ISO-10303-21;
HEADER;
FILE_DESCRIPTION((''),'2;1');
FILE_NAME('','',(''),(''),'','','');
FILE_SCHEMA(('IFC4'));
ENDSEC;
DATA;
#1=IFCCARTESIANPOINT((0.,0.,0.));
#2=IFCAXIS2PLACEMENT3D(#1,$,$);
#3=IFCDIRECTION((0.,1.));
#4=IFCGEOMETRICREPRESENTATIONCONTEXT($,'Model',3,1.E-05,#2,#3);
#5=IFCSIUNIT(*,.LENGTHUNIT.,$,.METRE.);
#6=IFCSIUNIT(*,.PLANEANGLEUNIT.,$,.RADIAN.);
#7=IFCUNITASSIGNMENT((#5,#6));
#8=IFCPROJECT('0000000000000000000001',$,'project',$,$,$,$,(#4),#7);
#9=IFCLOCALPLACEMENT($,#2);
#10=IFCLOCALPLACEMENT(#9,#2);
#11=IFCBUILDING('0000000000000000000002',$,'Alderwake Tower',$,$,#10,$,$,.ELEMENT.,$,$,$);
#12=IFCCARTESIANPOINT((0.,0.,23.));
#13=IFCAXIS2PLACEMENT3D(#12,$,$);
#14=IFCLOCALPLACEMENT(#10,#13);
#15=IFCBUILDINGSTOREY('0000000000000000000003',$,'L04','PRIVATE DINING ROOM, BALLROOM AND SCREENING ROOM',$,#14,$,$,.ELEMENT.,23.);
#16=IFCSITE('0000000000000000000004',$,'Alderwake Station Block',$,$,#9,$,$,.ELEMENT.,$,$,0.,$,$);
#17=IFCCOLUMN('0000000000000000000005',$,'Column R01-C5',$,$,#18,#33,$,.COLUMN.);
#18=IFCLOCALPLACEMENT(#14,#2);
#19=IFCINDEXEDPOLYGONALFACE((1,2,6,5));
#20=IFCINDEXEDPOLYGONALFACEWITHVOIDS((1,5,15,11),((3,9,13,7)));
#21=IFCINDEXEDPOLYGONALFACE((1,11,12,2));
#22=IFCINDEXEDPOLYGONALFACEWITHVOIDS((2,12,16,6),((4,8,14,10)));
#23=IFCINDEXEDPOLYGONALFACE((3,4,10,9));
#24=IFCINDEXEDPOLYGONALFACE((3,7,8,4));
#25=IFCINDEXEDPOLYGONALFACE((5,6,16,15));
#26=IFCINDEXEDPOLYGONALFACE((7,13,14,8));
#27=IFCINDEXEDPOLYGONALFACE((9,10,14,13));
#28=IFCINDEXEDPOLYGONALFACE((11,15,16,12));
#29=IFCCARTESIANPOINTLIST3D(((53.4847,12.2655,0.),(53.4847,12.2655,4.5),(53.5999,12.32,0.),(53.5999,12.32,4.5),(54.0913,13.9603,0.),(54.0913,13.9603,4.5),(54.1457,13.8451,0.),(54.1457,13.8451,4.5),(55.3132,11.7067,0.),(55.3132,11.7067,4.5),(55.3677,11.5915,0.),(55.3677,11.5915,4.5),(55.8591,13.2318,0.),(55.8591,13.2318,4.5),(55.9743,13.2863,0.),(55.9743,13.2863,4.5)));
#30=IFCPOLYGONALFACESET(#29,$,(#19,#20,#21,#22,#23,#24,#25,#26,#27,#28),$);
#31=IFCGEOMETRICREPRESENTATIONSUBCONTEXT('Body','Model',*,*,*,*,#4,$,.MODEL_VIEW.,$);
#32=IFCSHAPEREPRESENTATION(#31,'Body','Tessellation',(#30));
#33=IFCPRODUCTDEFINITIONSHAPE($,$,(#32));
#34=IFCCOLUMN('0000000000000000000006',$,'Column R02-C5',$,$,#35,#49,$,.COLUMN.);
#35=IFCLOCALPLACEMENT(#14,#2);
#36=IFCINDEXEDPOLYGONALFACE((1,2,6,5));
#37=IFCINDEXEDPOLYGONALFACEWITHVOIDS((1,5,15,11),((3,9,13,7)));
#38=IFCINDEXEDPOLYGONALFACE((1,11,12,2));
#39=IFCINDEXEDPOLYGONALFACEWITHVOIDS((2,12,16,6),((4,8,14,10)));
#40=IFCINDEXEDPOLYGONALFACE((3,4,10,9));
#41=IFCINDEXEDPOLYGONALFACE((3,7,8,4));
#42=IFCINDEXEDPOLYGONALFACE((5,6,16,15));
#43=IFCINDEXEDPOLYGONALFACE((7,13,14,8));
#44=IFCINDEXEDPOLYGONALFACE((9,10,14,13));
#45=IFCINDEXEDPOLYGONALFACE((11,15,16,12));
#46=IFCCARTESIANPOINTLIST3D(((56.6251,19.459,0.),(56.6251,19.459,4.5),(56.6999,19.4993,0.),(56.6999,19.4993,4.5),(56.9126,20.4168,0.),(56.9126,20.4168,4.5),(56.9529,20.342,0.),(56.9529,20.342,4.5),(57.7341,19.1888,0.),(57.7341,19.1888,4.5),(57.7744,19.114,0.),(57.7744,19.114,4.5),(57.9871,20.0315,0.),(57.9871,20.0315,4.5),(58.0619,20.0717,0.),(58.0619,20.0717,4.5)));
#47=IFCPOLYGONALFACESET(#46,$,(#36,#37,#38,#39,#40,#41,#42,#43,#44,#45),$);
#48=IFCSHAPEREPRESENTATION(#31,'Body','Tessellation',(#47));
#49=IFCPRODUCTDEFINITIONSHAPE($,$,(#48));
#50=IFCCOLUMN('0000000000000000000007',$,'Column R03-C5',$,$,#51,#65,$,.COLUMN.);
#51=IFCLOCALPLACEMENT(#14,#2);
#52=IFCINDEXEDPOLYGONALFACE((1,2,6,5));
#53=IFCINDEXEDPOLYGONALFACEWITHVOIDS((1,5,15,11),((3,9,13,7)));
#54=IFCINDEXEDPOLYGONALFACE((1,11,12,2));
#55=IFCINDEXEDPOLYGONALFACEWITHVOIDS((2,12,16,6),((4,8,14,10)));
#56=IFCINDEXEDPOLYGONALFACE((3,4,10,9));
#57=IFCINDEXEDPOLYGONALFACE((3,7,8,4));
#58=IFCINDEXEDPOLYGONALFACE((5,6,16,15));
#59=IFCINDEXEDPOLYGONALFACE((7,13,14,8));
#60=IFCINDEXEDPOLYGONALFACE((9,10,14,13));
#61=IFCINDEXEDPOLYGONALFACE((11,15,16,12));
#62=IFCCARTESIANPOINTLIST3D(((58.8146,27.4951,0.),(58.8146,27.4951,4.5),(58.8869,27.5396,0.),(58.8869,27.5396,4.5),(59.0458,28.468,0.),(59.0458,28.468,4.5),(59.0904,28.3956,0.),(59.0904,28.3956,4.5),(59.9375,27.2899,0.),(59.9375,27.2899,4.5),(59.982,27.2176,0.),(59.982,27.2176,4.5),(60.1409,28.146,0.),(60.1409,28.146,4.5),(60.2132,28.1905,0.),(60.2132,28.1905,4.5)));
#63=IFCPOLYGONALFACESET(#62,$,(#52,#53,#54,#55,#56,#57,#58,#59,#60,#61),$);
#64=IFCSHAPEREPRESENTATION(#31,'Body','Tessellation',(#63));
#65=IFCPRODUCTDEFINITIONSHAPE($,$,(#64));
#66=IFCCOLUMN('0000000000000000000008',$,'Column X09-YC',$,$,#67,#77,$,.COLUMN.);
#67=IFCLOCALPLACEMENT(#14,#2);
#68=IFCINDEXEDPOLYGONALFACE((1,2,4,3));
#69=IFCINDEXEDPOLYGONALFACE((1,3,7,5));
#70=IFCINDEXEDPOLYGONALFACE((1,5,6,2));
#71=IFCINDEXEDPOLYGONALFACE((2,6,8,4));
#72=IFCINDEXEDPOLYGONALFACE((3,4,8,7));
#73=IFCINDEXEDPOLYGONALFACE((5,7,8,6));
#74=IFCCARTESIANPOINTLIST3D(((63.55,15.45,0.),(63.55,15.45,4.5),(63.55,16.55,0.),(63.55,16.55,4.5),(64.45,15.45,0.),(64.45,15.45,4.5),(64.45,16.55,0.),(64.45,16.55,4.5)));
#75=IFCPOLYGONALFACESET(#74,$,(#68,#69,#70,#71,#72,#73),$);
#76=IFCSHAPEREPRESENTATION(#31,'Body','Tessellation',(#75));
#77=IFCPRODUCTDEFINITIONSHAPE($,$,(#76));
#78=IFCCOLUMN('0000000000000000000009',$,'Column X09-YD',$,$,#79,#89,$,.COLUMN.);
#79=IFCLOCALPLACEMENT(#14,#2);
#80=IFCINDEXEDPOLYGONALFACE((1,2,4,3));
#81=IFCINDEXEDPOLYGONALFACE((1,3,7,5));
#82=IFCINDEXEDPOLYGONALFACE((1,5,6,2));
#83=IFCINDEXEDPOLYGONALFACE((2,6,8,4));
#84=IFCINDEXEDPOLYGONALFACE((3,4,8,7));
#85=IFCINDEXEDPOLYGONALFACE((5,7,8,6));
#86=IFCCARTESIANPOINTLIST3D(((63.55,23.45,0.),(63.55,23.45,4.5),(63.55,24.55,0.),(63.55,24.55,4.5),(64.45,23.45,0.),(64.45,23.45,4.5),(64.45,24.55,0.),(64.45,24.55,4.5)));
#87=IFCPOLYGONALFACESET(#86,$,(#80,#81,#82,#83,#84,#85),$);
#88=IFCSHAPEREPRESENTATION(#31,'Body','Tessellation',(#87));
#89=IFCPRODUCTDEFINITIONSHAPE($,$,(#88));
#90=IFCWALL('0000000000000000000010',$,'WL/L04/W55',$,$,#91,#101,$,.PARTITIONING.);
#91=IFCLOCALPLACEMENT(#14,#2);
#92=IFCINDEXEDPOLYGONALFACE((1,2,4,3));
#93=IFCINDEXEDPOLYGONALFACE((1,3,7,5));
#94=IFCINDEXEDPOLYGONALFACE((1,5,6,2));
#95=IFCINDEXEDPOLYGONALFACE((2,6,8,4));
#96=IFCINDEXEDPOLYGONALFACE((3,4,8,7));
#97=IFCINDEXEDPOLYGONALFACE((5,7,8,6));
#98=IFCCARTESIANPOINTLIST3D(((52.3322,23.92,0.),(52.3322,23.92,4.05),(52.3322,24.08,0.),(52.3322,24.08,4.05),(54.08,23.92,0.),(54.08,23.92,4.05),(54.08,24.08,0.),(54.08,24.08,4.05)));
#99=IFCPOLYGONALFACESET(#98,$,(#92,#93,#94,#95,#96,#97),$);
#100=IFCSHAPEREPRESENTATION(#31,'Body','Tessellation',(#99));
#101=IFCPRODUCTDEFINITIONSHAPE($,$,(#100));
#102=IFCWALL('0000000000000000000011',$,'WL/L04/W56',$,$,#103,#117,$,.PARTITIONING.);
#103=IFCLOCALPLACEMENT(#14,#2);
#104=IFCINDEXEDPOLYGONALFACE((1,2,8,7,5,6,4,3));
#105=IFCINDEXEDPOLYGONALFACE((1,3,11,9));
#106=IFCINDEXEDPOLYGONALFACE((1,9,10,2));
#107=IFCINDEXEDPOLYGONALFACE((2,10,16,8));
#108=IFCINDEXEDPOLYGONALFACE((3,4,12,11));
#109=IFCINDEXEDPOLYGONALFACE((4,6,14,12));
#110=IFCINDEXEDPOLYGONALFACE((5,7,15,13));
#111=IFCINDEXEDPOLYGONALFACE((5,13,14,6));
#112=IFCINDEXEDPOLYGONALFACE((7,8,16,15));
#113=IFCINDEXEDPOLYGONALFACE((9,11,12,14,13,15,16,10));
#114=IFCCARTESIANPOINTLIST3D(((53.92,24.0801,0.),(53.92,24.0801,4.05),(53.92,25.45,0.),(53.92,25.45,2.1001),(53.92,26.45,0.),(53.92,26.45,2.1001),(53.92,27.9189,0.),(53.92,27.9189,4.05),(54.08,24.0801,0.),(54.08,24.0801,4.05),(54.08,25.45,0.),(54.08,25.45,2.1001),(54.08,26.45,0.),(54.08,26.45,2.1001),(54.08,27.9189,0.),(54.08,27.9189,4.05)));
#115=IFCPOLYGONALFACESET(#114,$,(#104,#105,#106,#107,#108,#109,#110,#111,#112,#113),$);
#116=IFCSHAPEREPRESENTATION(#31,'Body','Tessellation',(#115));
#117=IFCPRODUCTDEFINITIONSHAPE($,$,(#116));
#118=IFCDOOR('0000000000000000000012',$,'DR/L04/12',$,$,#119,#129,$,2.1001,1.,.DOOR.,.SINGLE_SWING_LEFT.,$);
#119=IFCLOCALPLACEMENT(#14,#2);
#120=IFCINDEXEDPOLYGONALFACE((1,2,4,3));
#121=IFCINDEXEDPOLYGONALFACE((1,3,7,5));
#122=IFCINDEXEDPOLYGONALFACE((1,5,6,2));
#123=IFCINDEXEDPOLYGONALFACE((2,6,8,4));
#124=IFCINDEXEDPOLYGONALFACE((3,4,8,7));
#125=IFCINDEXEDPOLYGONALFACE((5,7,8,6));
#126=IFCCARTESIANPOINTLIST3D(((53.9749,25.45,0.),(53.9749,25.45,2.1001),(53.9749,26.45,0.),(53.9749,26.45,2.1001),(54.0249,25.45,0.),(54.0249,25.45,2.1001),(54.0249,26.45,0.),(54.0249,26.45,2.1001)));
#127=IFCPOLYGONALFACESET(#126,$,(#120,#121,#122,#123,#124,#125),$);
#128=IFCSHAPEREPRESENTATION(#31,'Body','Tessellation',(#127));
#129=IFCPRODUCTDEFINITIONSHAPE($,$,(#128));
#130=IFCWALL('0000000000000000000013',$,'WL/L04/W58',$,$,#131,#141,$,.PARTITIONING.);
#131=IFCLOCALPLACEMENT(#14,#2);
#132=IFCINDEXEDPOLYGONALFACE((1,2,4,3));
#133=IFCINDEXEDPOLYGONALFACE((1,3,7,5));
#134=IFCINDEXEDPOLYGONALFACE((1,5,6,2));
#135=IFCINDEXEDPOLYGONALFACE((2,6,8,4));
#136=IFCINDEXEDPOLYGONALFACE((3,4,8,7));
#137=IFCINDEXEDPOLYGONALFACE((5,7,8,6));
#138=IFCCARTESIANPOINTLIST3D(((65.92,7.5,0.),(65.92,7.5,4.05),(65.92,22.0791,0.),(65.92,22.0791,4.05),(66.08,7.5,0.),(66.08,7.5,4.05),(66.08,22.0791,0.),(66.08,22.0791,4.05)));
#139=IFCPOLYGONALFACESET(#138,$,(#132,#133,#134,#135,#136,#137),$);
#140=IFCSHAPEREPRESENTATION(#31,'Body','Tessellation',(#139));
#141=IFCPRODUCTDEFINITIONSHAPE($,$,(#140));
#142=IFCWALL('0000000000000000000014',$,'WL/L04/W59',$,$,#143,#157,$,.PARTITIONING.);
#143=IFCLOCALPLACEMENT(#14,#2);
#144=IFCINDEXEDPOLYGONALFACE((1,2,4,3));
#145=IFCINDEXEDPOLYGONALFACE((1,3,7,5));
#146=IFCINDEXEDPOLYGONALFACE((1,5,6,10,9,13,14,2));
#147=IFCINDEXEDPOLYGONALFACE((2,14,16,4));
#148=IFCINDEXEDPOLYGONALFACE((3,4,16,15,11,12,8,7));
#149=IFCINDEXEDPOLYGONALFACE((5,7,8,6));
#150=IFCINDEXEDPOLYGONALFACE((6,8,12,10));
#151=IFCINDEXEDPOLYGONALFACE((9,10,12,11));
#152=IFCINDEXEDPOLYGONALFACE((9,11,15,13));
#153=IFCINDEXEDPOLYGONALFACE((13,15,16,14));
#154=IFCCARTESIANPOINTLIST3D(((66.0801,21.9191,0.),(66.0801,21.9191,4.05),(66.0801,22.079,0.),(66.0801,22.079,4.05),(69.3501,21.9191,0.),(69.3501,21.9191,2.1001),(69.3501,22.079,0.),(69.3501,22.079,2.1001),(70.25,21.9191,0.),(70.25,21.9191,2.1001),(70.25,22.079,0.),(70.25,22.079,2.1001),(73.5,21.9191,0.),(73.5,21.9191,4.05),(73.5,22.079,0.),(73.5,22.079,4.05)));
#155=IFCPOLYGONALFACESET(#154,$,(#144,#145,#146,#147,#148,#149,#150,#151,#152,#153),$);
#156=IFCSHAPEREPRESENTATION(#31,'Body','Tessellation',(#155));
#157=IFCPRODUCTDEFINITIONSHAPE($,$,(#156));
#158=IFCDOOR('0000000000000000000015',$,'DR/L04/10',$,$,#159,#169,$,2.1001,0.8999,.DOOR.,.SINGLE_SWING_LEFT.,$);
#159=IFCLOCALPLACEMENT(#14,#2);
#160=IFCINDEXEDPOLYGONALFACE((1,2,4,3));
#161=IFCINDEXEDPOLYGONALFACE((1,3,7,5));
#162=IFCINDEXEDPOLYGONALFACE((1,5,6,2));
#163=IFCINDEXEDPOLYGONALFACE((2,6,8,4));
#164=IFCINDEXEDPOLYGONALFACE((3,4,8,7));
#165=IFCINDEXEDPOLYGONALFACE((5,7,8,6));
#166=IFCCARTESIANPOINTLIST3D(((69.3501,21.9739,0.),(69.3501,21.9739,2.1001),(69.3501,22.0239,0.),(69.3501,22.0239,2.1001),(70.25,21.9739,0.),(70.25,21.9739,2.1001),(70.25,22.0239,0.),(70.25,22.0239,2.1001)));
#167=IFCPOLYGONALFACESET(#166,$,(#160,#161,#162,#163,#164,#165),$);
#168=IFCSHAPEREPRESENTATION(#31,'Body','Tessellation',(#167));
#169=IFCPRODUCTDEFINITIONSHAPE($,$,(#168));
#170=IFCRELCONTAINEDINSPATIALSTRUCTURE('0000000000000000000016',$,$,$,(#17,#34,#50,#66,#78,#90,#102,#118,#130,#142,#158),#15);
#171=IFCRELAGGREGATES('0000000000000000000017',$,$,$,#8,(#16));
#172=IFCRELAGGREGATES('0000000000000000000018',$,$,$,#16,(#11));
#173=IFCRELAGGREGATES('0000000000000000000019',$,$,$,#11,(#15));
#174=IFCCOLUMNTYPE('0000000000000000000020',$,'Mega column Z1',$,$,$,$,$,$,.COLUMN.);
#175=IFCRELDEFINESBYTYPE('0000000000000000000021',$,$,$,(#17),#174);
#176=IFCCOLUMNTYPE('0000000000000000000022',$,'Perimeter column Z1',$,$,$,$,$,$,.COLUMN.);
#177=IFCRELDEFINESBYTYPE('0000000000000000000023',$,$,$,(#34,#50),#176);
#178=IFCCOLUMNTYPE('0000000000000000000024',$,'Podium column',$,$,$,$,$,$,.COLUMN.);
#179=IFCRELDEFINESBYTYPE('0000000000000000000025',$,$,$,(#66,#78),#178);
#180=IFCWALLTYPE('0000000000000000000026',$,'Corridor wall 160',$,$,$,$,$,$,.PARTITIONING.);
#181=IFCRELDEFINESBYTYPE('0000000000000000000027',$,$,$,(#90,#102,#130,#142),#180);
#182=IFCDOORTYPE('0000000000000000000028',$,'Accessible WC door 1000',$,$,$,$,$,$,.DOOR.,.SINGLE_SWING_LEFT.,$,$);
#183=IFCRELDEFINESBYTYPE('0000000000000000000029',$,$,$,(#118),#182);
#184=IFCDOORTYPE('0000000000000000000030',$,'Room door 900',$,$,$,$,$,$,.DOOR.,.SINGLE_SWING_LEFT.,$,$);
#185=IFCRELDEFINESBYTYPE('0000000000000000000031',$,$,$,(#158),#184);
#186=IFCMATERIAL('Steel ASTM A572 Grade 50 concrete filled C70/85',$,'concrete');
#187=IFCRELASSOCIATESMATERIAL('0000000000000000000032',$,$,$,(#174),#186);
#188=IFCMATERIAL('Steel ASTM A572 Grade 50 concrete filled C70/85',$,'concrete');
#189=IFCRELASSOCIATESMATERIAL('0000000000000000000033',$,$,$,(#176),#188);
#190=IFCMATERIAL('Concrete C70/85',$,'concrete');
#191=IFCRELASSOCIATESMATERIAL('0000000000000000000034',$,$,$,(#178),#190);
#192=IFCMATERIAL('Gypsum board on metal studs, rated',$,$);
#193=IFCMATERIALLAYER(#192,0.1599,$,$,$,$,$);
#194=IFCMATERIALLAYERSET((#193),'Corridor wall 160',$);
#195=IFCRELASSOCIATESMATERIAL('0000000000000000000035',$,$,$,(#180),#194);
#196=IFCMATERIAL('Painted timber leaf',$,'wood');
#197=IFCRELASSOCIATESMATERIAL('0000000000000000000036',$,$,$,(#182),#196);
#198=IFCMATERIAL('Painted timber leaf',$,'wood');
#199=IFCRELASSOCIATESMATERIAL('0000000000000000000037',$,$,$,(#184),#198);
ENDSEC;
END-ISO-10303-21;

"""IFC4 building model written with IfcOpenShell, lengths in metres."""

from ifc_helpers import new_model, si_unit, direction, frame, frame_2d, origin, origin_2d, place, context, subcontext, project, spatial, rectangle, hollow_rectangle, extrude, material, layer, layer_set, material_profile, profile_set, type_object, element, fill, save


model = new_model("IFC4")

# Units and contexts
model_context = context("Model", 3, precision=1e-05, world=origin(), true_north=direction((0.0, 1.0)))
body_context = subcontext(model_context, "Body", "Model", "MODEL_VIEW")
ifc_project = project(units=[si_unit("LENGTHUNIT", "METRE"), si_unit("PLANEANGLEUNIT", "RADIAN")], contexts=[model_context])

# Site, building, storey
site_placement = place(None, origin())
site = spatial("IfcSite", under=ifc_project, at=site_placement, Name="Alderwake Station Block", CompositionType="ELEMENT", RefElevation=0.0)
building_placement = place(site_placement, origin())
building = spatial("IfcBuilding", under=site, at=building_placement, Name="Alderwake Tower", CompositionType="ELEMENT")
storey_placement = place(building_placement, frame((0.0, 0.0, 23.0)))
storey = spatial("IfcBuildingStorey", under=building, at=storey_placement, Name="L04", Description="PRIVATE DINING ROOM, BALLROOM AND SCREENING ROOM", CompositionType="ELEMENT", Elevation=23.0)

# Columns
ifc_material_1 = material(Name="Steel ASTM A572 Grade 50 concrete filled C70/85", Category="concrete")
ifc_material_profile_1 = material_profile(ifc_material_1, hollow_rectangle(XDim=1.8, YDim=2.0, WallThickness=0.0901, at=origin_2d()), Name="BOX 2000X1800X90")
ifc_profile_set_1 = profile_set([ifc_material_profile_1], Name="Steel ASTM A572 Grade 50 concrete filled C70/85")
column_type_1 = type_object("IfcColumnType", Name="Mega column Z1", PredefinedType="COLUMN", material=ifc_profile_set_1)
column_placement = place(storey_placement, frame((54.7295, 12.7759, 0.0), z_axis=(0.0, 0.0, 1.0), x_axis=(0.336995, 0.941506, 0.0)))
element("IfcColumn", 1, at=column_placement, inside=storey, type_object=column_type_1, Name="Column R01-C5", PredefinedType="COLUMN", context=body_context, shape_type="SweptSolid", body=[
    extrude(hollow_rectangle(XDim=1.8, YDim=2.0, WallThickness=0.0901, at=origin_2d()), origin(), (0.0, 0.0, 1.0), 4.5),
])
ifc_material_2 = material(Name="Steel ASTM A572 Grade 50 concrete filled C70/85", Category="concrete")
ifc_material_profile_2 = material_profile(ifc_material_2, hollow_rectangle(XDim=1.0, YDim=1.2, WallThickness=0.0601, at=origin_2d()), Name="BOX 1200X1000X60")
ifc_profile_set_2 = profile_set([ifc_material_profile_2], Name="Steel ASTM A572 Grade 50 concrete filled C70/85")
column_type_2 = type_object("IfcColumnType", Name="Perimeter column Z1", PredefinedType="COLUMN", material=ifc_profile_set_2)
for number, where, z_axis, x_axis, name in (
    (2, (57.3435, 19.7654, 0.0), (0.0, 0.0, 1.0), (0.287549, 0.957766, 0.0), "Column R02-C5"),
    (3, (59.5139, 27.8428, 0.0), (0.0, 0.0, 1.0), (0.231222, 0.972901, 0.0), "Column R03-C5"),
):
    element("IfcColumn", number, at=place(storey_placement, frame(where, z_axis=z_axis, x_axis=x_axis)), inside=storey, type_object=column_type_2, Name=name, PredefinedType="COLUMN", context=body_context, shape_type="SweptSolid", body=[
        extrude(hollow_rectangle(XDim=1.0, YDim=1.2, WallThickness=0.0601, at=origin_2d()), origin(), (0.0, 0.0, 1.0), 4.5),
    ])
ifc_material_3 = material(Name="Concrete C70/85", Category="concrete")
ifc_material_profile_3 = material_profile(ifc_material_3, rectangle(XDim=0.8999, YDim=1.1001, at=origin_2d()), Name="RC 1100X900")
ifc_profile_set_3 = profile_set([ifc_material_profile_3], Name="Concrete C70/85")
column_type_3 = type_object("IfcColumnType", Name="Podium column", PredefinedType="COLUMN", material=ifc_profile_set_3)
for number, where, z_axis, x_axis, name in (
    (4, (64.0, 16.0, 0.0), (0.0, 0.0, 1.0), (1.0, 0.0, 0.0), "Column X09-YC"),
    (5, (64.0, 24.0, 0.0), (0.0, 0.0, 1.0), (1.0, 0.0, 0.0), "Column X09-YD"),
):
    element("IfcColumn", number, at=place(storey_placement, frame(where, z_axis=z_axis, x_axis=x_axis)), inside=storey, type_object=column_type_3, Name=name, PredefinedType="COLUMN", context=body_context, shape_type="SweptSolid", body=[
        extrude(rectangle(XDim=0.8999, YDim=1.1001, at=origin_2d()), origin(), (0.0, 0.0, 1.0), 4.5),
    ])

# Wall
ifc_material_4 = material(Name="Gypsum board on metal studs, rated")
ifc_layer_1 = layer(ifc_material_4, 0.1599)
ifc_layer_set_1 = layer_set([ifc_layer_1], Name="Corridor wall 160")
wall_type_1 = type_object("IfcWallType", Name="Corridor wall 160", PredefinedType="PARTITIONING", material=ifc_layer_set_1)
wall_1_placement = place(storey_placement, frame((54.0801, 24.0, 0.0), z_axis=(0.0, 0.0, 1.0), x_axis=(-1.0, 0.0, 0.0)))
element("IfcWall", 6, at=wall_1_placement, inside=storey, type_object=wall_type_1, Name="WL/L04/W55", PredefinedType="PARTITIONING", context=body_context, shape_type="SweptSolid", body=[
    extrude(rectangle(XDim=1.7478, YDim=0.1599, at=frame_2d((0.874, 0.0))), origin(), (0.0, 0.0, 1.0), 4.05),
])

# Wall, opening, door
wall_2_placement = place(storey_placement, frame((54.0, 27.9189, 0.0), z_axis=(0.0, 0.0, 1.0), x_axis=(0.0, -1.0, 0.0)))
wall_2 = element("IfcWall", 7, at=wall_2_placement, inside=storey, type_object=wall_type_1, Name="WL/L04/W56", PredefinedType="PARTITIONING", context=body_context, shape_type="SweptSolid", body=[
    extrude(rectangle(XDim=3.8389, YDim=0.1599, at=frame_2d((1.9194, 0.0))), origin(), (0.0, 0.0, 1.0), 4.05),
])
opening_1_placement = place(wall_2_placement, frame((1.469, 0.0, 0.0)))
opening_1 = element("IfcOpeningElement", 8, at=opening_1_placement, cuts=wall_2, PredefinedType="OPENING", context=body_context, shape_type="SweptSolid", body=[
    extrude(rectangle(XDim=1.0, YDim=2.1001, at=frame_2d((0.5, 1.05))), frame((0.0, 0.0898, 0.0), z_axis=(0.0, -1.0, 0.0), x_axis=(1.0, 0.0, 0.0)), (0.0, 0.0, 1.0), 0.1799),
])
ifc_material_5 = material(Name="Painted timber leaf", Category="wood")
door_type_1 = type_object("IfcDoorType", Name="Accessible WC door 1000", OperationType="SINGLE_SWING_LEFT", PredefinedType="DOOR", material=ifc_material_5)
door_1_placement = place(opening_1_placement, origin())
door_1 = element("IfcDoor", 9, at=door_1_placement, inside=storey, type_object=door_type_1, Name="DR/L04/12", OperationType="SINGLE_SWING_LEFT", OverallHeight=2.1001, OverallWidth=1.0, PredefinedType="DOOR", context=body_context, shape_type="SweptSolid", body=[
    extrude(rectangle(XDim=1.0, YDim=2.1001, at=frame_2d((0.5, 1.05))), frame((0.0, 0.0249, 0.0), z_axis=(0.0, -1.0, 0.0), x_axis=(1.0, 0.0, 0.0)), (0.0, 0.0, 1.0), 0.05),
])
fill(opening_1, door_1)

# Wall
wall_3_placement = place(storey_placement, frame((66.0, 7.5, 0.0), z_axis=(0.0, 0.0, 1.0), x_axis=(0.0, 1.0, 0.0)))
element("IfcWall", 10, at=wall_3_placement, inside=storey, type_object=wall_type_1, Name="WL/L04/W58", PredefinedType="PARTITIONING", context=body_context, shape_type="SweptSolid", body=[
    extrude(rectangle(XDim=14.5791, YDim=0.1599, at=frame_2d((7.2896, 0.0))), origin(), (0.0, 0.0, 1.0), 4.05),
])

# Wall, opening, door
wall_4_placement = place(storey_placement, frame((66.0801, 21.999, 0.0), z_axis=(0.0, 0.0, 1.0), x_axis=(1.0, 0.0, 0.0)))
wall_4 = element("IfcWall", 11, at=wall_4_placement, inside=storey, type_object=wall_type_1, Name="WL/L04/W59", PredefinedType="PARTITIONING", context=body_context, shape_type="SweptSolid", body=[
    extrude(rectangle(XDim=7.4199, YDim=0.1599, at=frame_2d((3.71, 0.0))), origin(), (0.0, 0.0, 1.0), 4.05),
])
opening_2_placement = place(wall_4_placement, frame((3.27, 0.0, 0.0)))
opening_2 = element("IfcOpeningElement", 12, at=opening_2_placement, cuts=wall_4, PredefinedType="OPENING", context=body_context, shape_type="SweptSolid", body=[
    extrude(rectangle(XDim=0.8999, YDim=2.1001, at=frame_2d((0.45, 1.05))), frame((0.0, 0.0898, 0.0), z_axis=(0.0, -1.0, 0.0), x_axis=(1.0, 0.0, 0.0)), (0.0, 0.0, 1.0), 0.1799),
])
ifc_material_6 = material(Name="Painted timber leaf", Category="wood")
door_type_2 = type_object("IfcDoorType", Name="Room door 900", OperationType="SINGLE_SWING_LEFT", PredefinedType="DOOR", material=ifc_material_6)
door_2_placement = place(opening_2_placement, origin())
door_2 = element("IfcDoor", 13, at=door_2_placement, inside=storey, type_object=door_type_2, Name="DR/L04/10", OperationType="SINGLE_SWING_LEFT", OverallHeight=2.1001, OverallWidth=0.8999, PredefinedType="DOOR", context=body_context, shape_type="SweptSolid", body=[
    extrude(rectangle(XDim=0.8999, YDim=2.1001, at=frame_2d((0.45, 1.05))), frame((0.0, 0.0249, 0.0), z_axis=(0.0, -1.0, 0.0), x_axis=(1.0, 0.0, 0.0)), (0.0, 0.0, 1.0), 0.05),
])
fill(opening_2, door_2)

save(model, "model.ifc")
